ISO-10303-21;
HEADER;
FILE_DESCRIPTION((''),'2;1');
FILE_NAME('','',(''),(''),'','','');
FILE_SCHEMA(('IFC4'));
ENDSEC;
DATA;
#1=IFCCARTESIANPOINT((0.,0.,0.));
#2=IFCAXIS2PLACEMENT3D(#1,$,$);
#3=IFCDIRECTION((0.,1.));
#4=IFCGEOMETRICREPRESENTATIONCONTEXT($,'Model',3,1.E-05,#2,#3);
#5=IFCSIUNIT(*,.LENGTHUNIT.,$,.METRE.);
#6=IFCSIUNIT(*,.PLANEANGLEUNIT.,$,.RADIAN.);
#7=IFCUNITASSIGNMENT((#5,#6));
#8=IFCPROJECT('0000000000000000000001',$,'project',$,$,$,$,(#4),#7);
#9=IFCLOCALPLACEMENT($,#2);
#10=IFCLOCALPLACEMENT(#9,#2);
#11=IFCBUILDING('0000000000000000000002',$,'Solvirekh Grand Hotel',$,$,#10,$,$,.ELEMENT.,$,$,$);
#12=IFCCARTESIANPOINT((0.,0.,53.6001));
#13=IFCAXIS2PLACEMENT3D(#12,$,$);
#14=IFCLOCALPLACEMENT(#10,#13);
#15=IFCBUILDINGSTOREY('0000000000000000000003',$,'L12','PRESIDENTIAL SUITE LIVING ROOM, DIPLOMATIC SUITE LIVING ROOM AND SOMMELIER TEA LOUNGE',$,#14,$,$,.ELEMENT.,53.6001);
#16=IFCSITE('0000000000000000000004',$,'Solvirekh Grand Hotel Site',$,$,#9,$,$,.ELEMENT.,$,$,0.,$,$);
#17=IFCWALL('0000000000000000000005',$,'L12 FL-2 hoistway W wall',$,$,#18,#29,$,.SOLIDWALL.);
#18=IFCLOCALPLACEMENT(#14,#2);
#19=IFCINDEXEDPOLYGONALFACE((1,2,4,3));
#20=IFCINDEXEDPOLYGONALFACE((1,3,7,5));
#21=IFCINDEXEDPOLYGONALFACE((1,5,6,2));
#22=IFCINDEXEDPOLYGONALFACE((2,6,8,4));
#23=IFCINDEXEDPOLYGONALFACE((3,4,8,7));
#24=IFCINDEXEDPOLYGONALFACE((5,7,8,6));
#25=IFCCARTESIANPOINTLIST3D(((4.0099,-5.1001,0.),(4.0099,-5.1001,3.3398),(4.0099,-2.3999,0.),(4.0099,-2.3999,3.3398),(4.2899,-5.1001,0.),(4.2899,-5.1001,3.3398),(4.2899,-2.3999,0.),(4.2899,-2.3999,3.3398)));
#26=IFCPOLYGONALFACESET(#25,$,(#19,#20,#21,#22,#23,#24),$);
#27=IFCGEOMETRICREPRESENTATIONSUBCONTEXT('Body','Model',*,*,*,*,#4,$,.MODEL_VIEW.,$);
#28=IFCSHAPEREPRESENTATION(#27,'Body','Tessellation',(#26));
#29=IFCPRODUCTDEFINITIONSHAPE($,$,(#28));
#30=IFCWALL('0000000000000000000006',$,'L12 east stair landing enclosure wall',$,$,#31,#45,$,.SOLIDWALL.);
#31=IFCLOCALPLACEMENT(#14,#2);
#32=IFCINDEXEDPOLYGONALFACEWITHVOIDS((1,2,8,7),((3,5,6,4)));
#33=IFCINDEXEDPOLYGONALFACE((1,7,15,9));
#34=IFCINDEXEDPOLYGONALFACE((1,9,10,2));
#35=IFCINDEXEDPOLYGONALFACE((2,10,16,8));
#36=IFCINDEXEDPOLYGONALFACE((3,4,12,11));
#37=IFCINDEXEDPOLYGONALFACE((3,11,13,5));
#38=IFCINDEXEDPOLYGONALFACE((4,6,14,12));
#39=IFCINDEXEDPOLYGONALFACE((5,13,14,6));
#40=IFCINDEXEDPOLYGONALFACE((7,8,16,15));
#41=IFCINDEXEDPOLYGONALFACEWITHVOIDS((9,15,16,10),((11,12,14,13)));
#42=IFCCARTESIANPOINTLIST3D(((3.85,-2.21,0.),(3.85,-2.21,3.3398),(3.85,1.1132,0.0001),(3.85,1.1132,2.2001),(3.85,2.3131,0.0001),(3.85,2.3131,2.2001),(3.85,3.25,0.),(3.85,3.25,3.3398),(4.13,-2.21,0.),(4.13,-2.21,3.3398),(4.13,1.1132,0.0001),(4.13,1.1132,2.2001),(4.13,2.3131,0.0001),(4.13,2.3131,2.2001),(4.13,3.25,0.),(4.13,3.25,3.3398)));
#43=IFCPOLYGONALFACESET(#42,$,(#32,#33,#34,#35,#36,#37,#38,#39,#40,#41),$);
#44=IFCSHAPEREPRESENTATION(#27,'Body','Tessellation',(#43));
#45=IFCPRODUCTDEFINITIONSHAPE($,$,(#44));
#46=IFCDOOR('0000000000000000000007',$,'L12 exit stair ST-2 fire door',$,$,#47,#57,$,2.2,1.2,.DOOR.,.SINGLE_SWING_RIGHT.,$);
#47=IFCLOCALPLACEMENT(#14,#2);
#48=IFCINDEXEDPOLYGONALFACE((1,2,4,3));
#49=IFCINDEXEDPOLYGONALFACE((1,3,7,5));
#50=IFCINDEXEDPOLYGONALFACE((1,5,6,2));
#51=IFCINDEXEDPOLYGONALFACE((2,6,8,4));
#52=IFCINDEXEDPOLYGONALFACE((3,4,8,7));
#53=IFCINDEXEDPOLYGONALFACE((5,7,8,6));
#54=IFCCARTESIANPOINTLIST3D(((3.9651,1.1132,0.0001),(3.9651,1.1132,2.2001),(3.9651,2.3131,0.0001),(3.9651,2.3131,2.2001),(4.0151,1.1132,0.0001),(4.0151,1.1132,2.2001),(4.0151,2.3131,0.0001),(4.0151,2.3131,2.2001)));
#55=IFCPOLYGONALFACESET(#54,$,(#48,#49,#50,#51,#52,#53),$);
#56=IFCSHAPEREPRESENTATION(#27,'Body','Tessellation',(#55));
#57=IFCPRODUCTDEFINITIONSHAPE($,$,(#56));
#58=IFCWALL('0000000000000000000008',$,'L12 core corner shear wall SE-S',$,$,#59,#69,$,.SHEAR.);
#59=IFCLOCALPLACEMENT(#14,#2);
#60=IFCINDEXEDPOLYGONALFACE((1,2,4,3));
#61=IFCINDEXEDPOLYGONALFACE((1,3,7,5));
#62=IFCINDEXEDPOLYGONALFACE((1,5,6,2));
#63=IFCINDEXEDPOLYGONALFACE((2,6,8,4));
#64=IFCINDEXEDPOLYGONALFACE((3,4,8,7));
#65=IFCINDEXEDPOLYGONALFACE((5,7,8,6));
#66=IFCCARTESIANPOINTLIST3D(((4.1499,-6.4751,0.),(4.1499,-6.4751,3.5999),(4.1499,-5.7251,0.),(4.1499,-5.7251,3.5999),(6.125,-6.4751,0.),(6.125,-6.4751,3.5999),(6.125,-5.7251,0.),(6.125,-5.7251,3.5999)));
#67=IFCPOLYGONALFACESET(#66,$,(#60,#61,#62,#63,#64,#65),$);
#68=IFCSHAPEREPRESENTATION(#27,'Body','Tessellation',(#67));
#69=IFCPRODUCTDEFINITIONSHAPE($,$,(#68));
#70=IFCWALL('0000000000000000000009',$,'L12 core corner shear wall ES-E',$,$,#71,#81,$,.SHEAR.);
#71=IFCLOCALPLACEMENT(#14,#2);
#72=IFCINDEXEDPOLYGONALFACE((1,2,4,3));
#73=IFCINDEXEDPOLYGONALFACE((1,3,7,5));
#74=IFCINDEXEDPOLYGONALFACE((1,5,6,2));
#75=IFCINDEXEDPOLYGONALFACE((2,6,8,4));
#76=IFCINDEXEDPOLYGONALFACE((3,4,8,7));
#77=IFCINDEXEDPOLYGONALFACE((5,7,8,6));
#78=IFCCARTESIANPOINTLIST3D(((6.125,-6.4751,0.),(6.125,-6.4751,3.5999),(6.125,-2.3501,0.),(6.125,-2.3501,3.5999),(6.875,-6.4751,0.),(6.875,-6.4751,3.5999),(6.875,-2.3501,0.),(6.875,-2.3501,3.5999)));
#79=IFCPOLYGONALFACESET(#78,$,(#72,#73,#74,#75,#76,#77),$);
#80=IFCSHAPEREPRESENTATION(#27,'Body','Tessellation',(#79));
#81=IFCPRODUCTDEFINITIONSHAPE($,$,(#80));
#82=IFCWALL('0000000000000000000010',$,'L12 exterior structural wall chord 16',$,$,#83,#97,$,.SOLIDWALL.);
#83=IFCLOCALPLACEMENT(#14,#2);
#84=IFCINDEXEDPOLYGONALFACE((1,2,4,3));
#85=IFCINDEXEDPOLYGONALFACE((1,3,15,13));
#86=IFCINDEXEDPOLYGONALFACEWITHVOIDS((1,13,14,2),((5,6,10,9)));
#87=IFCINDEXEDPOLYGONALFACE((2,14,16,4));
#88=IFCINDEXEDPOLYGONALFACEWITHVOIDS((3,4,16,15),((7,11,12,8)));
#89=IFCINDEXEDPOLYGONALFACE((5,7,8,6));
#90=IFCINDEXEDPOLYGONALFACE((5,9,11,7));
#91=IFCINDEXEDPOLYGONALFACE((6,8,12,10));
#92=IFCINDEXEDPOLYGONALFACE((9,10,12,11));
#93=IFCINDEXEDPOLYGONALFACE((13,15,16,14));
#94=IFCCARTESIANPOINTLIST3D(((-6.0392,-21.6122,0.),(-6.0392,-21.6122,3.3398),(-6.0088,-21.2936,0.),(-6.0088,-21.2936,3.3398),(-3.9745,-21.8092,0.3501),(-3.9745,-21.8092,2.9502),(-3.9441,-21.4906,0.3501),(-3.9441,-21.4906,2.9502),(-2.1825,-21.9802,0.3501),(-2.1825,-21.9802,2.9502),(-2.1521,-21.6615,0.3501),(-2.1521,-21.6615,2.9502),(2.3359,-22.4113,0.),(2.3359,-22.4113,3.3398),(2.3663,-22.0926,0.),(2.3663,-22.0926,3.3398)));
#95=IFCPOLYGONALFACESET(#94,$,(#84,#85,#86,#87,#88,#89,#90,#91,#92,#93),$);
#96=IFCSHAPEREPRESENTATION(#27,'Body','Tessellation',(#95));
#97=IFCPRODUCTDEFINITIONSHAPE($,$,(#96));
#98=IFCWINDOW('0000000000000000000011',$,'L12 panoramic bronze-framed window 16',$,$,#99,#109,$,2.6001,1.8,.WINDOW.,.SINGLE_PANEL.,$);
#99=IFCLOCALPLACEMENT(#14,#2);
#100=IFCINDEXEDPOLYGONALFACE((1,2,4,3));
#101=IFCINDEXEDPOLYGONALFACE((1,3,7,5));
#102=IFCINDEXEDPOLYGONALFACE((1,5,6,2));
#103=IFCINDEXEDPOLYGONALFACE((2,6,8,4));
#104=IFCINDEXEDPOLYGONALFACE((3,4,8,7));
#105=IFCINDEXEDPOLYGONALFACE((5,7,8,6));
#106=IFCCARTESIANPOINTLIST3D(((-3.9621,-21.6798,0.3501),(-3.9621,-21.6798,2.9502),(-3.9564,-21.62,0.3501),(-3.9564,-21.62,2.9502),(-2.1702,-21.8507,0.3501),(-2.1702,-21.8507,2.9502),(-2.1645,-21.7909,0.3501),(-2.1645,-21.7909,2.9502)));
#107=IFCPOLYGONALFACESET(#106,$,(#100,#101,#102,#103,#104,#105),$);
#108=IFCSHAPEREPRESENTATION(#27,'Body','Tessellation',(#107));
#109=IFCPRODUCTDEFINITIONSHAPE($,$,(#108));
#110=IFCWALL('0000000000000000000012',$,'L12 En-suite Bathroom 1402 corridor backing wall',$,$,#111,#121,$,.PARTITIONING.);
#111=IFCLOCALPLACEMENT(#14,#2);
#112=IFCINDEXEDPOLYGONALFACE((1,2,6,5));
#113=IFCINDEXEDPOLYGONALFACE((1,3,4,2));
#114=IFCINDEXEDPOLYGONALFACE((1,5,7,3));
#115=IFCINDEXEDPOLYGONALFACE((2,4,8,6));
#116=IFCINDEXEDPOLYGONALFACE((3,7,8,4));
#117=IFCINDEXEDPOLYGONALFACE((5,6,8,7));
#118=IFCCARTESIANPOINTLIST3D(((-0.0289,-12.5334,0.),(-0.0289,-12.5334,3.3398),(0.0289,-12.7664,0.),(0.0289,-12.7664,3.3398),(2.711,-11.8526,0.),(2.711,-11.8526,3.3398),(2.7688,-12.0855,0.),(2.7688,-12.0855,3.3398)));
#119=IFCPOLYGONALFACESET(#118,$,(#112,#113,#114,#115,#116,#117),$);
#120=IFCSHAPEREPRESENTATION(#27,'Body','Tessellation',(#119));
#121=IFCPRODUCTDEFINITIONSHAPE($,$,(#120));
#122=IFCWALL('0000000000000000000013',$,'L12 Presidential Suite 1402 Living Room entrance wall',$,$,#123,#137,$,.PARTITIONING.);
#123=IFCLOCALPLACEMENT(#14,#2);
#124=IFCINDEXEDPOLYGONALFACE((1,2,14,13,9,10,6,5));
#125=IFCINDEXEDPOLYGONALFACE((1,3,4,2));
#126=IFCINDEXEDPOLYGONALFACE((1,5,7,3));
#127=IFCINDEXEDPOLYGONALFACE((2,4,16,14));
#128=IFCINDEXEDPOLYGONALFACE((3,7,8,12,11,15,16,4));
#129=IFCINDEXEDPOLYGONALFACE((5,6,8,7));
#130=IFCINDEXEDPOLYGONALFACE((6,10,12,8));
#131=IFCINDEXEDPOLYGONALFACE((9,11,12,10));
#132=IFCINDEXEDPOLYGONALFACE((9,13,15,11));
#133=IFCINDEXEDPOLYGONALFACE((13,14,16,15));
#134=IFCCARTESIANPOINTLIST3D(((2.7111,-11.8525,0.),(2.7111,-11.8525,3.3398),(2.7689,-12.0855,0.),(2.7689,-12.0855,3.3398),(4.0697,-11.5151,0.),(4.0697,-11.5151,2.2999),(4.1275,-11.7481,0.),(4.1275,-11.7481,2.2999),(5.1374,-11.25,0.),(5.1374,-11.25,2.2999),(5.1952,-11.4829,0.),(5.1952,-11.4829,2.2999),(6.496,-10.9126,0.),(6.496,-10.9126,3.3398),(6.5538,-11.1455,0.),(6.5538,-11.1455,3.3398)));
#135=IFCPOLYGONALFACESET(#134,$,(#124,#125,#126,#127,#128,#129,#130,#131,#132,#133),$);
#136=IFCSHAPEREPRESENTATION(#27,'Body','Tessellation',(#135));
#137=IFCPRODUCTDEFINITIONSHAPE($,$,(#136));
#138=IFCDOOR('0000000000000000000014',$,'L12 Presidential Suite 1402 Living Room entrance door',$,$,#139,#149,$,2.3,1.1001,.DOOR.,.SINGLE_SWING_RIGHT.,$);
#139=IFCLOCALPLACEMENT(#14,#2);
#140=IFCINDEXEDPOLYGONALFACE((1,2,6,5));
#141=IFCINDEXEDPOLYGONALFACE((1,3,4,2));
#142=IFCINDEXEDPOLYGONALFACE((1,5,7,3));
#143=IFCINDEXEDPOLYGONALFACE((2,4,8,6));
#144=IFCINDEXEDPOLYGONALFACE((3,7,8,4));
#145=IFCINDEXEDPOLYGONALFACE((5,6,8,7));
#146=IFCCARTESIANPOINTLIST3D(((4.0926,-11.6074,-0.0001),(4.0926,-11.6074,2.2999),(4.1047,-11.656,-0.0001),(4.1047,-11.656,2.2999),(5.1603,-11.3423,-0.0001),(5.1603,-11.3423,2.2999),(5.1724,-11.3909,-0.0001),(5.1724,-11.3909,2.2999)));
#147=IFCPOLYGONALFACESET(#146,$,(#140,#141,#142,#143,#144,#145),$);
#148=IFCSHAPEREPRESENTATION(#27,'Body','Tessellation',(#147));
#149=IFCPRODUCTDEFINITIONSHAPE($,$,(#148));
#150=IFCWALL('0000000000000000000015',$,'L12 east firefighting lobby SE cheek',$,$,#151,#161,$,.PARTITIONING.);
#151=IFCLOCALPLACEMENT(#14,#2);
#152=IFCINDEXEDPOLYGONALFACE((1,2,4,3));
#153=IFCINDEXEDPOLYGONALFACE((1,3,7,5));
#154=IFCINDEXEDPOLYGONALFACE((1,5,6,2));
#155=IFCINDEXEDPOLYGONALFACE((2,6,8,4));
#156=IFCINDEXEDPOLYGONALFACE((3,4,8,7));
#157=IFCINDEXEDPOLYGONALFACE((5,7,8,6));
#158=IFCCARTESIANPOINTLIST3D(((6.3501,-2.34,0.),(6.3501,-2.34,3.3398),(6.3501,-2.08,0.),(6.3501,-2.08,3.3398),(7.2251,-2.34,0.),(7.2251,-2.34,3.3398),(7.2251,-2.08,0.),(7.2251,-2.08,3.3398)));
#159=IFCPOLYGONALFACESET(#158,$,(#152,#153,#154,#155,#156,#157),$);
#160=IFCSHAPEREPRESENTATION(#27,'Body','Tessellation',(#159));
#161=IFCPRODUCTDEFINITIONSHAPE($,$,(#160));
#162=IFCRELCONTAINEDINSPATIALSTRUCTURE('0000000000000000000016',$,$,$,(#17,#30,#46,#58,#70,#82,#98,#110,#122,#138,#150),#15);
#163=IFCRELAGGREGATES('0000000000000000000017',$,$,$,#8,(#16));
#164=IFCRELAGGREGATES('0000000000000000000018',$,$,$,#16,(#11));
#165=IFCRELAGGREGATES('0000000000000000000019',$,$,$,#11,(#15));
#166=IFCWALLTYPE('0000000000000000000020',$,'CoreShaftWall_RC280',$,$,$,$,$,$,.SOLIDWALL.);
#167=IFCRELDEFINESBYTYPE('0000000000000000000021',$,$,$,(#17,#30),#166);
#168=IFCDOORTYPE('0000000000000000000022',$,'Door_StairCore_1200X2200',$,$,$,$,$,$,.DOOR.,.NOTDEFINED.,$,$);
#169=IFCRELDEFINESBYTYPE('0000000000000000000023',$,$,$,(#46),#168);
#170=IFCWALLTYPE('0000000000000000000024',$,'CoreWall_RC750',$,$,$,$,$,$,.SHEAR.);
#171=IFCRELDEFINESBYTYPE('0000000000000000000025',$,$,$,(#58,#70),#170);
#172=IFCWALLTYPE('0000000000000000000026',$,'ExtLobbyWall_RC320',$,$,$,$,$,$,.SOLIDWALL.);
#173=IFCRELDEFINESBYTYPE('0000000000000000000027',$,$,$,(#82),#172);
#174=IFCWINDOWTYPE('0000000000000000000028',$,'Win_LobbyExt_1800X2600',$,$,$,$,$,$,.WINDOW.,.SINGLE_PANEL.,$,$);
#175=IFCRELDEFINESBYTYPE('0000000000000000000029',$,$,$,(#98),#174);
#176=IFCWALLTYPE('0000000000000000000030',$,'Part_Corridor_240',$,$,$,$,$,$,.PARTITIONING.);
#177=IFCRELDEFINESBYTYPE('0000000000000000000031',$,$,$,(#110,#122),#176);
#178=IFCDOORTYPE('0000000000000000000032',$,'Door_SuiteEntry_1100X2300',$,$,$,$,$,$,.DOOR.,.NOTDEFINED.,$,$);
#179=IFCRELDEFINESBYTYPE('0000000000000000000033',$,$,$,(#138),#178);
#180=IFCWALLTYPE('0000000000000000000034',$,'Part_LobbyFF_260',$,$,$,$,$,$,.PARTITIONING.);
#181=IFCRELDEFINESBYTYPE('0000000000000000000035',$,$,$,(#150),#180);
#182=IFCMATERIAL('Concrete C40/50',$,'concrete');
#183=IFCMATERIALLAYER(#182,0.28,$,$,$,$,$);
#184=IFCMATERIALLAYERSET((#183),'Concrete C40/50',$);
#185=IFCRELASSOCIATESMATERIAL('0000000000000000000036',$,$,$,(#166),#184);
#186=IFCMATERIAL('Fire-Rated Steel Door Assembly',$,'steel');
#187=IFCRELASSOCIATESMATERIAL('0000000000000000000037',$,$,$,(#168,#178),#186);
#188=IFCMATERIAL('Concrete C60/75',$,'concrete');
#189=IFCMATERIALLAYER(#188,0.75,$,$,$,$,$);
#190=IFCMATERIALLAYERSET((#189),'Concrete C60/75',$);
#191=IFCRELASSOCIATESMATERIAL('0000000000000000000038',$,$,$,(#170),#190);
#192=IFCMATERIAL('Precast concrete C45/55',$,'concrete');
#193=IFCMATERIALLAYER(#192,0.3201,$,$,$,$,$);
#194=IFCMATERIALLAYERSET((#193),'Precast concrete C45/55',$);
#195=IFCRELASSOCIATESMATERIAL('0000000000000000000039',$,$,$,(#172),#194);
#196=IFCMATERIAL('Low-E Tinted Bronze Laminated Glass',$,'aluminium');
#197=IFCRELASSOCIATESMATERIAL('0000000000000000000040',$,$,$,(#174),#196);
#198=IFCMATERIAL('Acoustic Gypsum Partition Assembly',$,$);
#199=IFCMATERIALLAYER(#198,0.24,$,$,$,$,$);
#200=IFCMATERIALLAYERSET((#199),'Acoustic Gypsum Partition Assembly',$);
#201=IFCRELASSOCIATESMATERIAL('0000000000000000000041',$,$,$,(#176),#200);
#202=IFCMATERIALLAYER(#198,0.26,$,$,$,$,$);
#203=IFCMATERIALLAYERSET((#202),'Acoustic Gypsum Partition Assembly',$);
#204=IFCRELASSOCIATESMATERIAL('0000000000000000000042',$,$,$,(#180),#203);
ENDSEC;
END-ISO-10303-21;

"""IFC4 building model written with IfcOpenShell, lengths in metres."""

from ifc_helpers import new_model, si_unit, direction, frame, frame_2d, origin, place, context, subcontext, project, spatial, rectangle, extrude, material, layer, layer_set, type_object, element, fill, save


model = new_model("IFC4")

# Units and contexts
model_context = context("Model", 3, precision=1e-05, world=origin(), true_north=direction((0.0, 1.0)))
body_context = subcontext(model_context, "Body", "Model", "MODEL_VIEW")
ifc_project = project(units=[si_unit("LENGTHUNIT", "METRE"), si_unit("PLANEANGLEUNIT", "RADIAN")], contexts=[model_context])

# Site, building, storey
site_placement = place(None, origin())
site = spatial("IfcSite", under=ifc_project, at=site_placement, Name="Solvirekh Grand Hotel Site", CompositionType="ELEMENT", RefElevation=0.0)
building_placement = place(site_placement, origin())
building = spatial("IfcBuilding", under=site, at=building_placement, Name="Solvirekh Grand Hotel", CompositionType="ELEMENT")
storey_placement = place(building_placement, frame((0.0, 0.0, 53.6001)))
storey = spatial("IfcBuildingStorey", under=building, at=storey_placement, Name="L12", Description="PRESIDENTIAL SUITE LIVING ROOM, DIPLOMATIC SUITE LIVING ROOM AND SOMMELIER TEA LOUNGE", CompositionType="ELEMENT", Elevation=53.6001)

# Shared definitions
ifc_material_1 = material(Name="Concrete C60/75", Category="concrete")

# Shared definitions
ifc_material_2 = material(Name="Concrete C40/50", Category="concrete")

# Shared definitions
ifc_layer_1 = layer(ifc_material_2, 0.28)
ifc_layer_set_1 = layer_set([ifc_layer_1], Name="Concrete C40/50")
wall_type_1 = type_object("IfcWallType", Name="CoreShaftWall_RC280", PredefinedType="SOLIDWALL", material=ifc_layer_set_1)

# Shared definitions
ifc_material_3 = material(Name="Fire-Rated Steel Door Assembly", Category="steel")

# Wall
wall_1_placement = place(storey_placement, frame((4.1499, -2.3999, 0.0), z_axis=(0.0, 0.0, 1.0), x_axis=(0.0, -1.0, 0.0)))
element("IfcWall", 1, at=wall_1_placement, inside=storey, type_object=wall_type_1, Name="L12 FL-2 hoistway W wall", PredefinedType="SOLIDWALL", context=body_context, shape_type="SweptSolid", body=[
    extrude(rectangle(XDim=2.7002, YDim=0.28, at=frame_2d((1.3501, 0.0))), origin(), (0.0, 0.0, 1.0), 3.3398),
])

# Wall, opening, door
wall_2_placement = place(storey_placement, frame((3.99, -2.21, 0.0), z_axis=(0.0, 0.0, 1.0), x_axis=(0.0, 1.0, 0.0)))
wall_2 = element("IfcWall", 2, at=wall_2_placement, inside=storey, type_object=wall_type_1, Name="L12 east stair landing enclosure wall", PredefinedType="SOLIDWALL", context=body_context, shape_type="SweptSolid", body=[
    extrude(rectangle(XDim=5.46, YDim=0.28, at=frame_2d((2.73, 0.0))), origin(), (0.0, 0.0, 1.0), 3.3398),
])
opening_1_placement = place(wall_2_placement, frame((3.323, 0.0, 0.0)))
opening_1 = element("IfcOpeningElement", 3, at=opening_1_placement, cuts=wall_2, PredefinedType="OPENING", context=body_context, shape_type="SweptSolid", body=[
    extrude(rectangle(XDim=1.2, YDim=2.2, at=frame_2d((0.6001, 1.1001))), frame((0.0, 0.1499, 0.0), z_axis=(0.0, -1.0, 0.0), x_axis=(1.0, 0.0, 0.0)), (0.0, 0.0, 1.0), 0.3),
])
door_type_1 = type_object("IfcDoorType", Name="Door_StairCore_1200X2200", OperationType="NOTDEFINED", PredefinedType="DOOR", material=ifc_material_3)
door_1_placement = place(opening_1_placement, origin())
door_1 = element("IfcDoor", 4, at=door_1_placement, inside=storey, type_object=door_type_1, Name="L12 exit stair ST-2 fire door", OperationType="SINGLE_SWING_RIGHT", OverallHeight=2.2, OverallWidth=1.2, PredefinedType="DOOR", context=body_context, shape_type="SweptSolid", body=[
    extrude(rectangle(XDim=1.2, YDim=2.2, at=frame_2d((0.6001, 1.1001))), frame((0.0, 0.0249, 0.0), z_axis=(0.0, -1.0, 0.0), x_axis=(1.0, 0.0, 0.0)), (0.0, 0.0, 1.0), 0.05),
])
fill(opening_1, door_1)

# Walls
ifc_layer_2 = layer(ifc_material_1, 0.75)
ifc_layer_set_2 = layer_set([ifc_layer_2], Name="Concrete C60/75")
wall_type_2 = type_object("IfcWallType", Name="CoreWall_RC750", PredefinedType="SHEAR", material=ifc_layer_set_2)
wall_3_placement = place(storey_placement, frame((4.1499, -6.1001, 0.0), z_axis=(0.0, 0.0, 1.0), x_axis=(1.0, 0.0, 0.0)))
element("IfcWall", 5, at=wall_3_placement, inside=storey, type_object=wall_type_2, Name="L12 core corner shear wall SE-S", PredefinedType="SHEAR", context=body_context, shape_type="SweptSolid", body=[
    extrude(rectangle(XDim=1.9751, YDim=0.75, at=frame_2d((0.9875, 0.0))), origin(), (0.0, 0.0, 1.0), 3.5999),
])
wall_4_placement = place(storey_placement, frame((6.5, -6.4751, 0.0), z_axis=(0.0, 0.0, 1.0), x_axis=(0.0, 1.0, 0.0)))
element("IfcWall", 6, at=wall_4_placement, inside=storey, type_object=wall_type_2, Name="L12 core corner shear wall ES-E", PredefinedType="SHEAR", context=body_context, shape_type="SweptSolid", body=[
    extrude(rectangle(XDim=4.125, YDim=0.75, at=frame_2d((2.0625, 0.0))), origin(), (0.0, 0.0, 1.0), 3.5999),
])

# Wall, opening, window
ifc_material_4 = material(Name="Precast concrete C45/55", Category="concrete")
ifc_layer_3 = layer(ifc_material_4, 0.3201)
ifc_layer_set_3 = layer_set([ifc_layer_3], Name="Precast concrete C45/55")
wall_type_3 = type_object("IfcWallType", Name="ExtLobbyWall_RC320", PredefinedType="SOLIDWALL", material=ifc_layer_set_3)
wall_5_placement = place(storey_placement, frame((2.3511, -22.252, 0.0), z_axis=(0.0, 0.0, 1.0), x_axis=(-0.995479, 0.09498, 0.0)))
wall_5 = element("IfcWall", 7, at=wall_5_placement, inside=storey, type_object=wall_type_3, Name="L12 exterior structural wall chord 16", PredefinedType="SOLIDWALL", context=body_context, shape_type="SweptSolid", body=[
    extrude(rectangle(XDim=8.4131, YDim=0.3201, at=frame_2d((4.2065, 0.0))), origin(), (0.0, 0.0, 1.0), 3.3398),
])
opening_2_placement = place(wall_5_placement, frame((4.5391, 0.0, 0.3501)))
opening_2 = element("IfcOpeningElement", 8, at=opening_2_placement, cuts=wall_5, PredefinedType="OPENING", context=body_context, shape_type="SweptSolid", body=[
    extrude(rectangle(XDim=1.8, YDim=2.6001, at=frame_2d((0.8999, 1.3))), frame((0.0, 0.1699, 0.0), z_axis=(0.0, -1.0, 0.0), x_axis=(1.0, 0.0, 0.0)), (0.0, 0.0, 1.0), 0.3401),
])
ifc_material_5 = material(Name="Low-E Tinted Bronze Laminated Glass", Category="aluminium")
window_type = type_object("IfcWindowType", Name="Win_LobbyExt_1800X2600", PartitioningType="SINGLE_PANEL", PredefinedType="WINDOW", material=ifc_material_5)
window_placement = place(opening_2_placement, origin())
window = element("IfcWindow", 9, at=window_placement, inside=storey, type_object=window_type, Name="L12 panoramic bronze-framed window 16", OverallHeight=2.6001, OverallWidth=1.8, PartitioningType="SINGLE_PANEL", PredefinedType="WINDOW", context=body_context, shape_type="SweptSolid", body=[
    extrude(rectangle(XDim=1.8, YDim=2.6001, at=frame_2d((0.8999, 1.3))), frame((0.0, 0.03, 0.0), z_axis=(0.0, -1.0, 0.0), x_axis=(1.0, 0.0, 0.0)), (0.0, 0.0, 1.0), 0.0601),
])
fill(opening_2, window)

# Wall
ifc_material_6 = material(Name="Acoustic Gypsum Partition Assembly")
ifc_layer_4 = layer(ifc_material_6, 0.24)
ifc_layer_set_4 = layer_set([ifc_layer_4], Name="Acoustic Gypsum Partition Assembly")
wall_type_4 = type_object("IfcWallType", Name="Part_Corridor_240", PredefinedType="PARTITIONING", material=ifc_layer_set_4)
wall_6_placement = place(storey_placement, frame((0.0, -12.6499, 0.0), z_axis=(0.0, 0.0, 1.0), x_axis=(0.970482, 0.241172, 0.0)))
element("IfcWall", 10, at=wall_6_placement, inside=storey, type_object=wall_type_4, Name="L12 En-suite Bathroom 1402 corridor backing wall", PredefinedType="PARTITIONING", context=body_context, shape_type="SweptSolid", body=[
    extrude(rectangle(XDim=2.8232, YDim=0.24, at=frame_2d((1.4116, 0.0))), origin(), (0.0, 0.0, 1.0), 3.3398),
])

# Wall, opening, door
wall_7_placement = place(storey_placement, frame((2.74, -11.969, 0.0), z_axis=(0.0, 0.0, 1.0), x_axis=(0.970521, 0.241018, 0.0)))
wall_7 = element("IfcWall", 11, at=wall_7_placement, inside=storey, type_object=wall_type_4, Name="L12 Presidential Suite 1402 Living Room entrance wall", PredefinedType="PARTITIONING", context=body_context, shape_type="SweptSolid", body=[
    extrude(rectangle(XDim=3.8999, YDim=0.24, at=frame_2d((1.95, 0.0))), origin(), (0.0, 0.0, 1.0), 3.3398),
])
opening_3_placement = place(wall_7_placement, frame((1.3999, 0.0, 0.0)))
opening_3 = element("IfcOpeningElement", 12, at=opening_3_placement, cuts=wall_7, PredefinedType="OPENING", context=body_context, shape_type="SweptSolid", body=[
    extrude(rectangle(XDim=1.1001, YDim=2.3, at=frame_2d((0.55, 1.1499))), frame((0.0, 0.1299, 0.0), z_axis=(0.0, -1.0, 0.0), x_axis=(1.0, 0.0, 0.0)), (0.0, 0.0, 1.0), 0.26),
])
door_type_2 = type_object("IfcDoorType", Name="Door_SuiteEntry_1100X2300", OperationType="NOTDEFINED", PredefinedType="DOOR", material=ifc_material_3)
door_2_placement = place(opening_3_placement, origin())
door_2 = element("IfcDoor", 13, at=door_2_placement, inside=storey, type_object=door_type_2, Name="L12 Presidential Suite 1402 Living Room entrance door", OperationType="SINGLE_SWING_RIGHT", OverallHeight=2.3, OverallWidth=1.1001, PredefinedType="DOOR", context=body_context, shape_type="SweptSolid", body=[
    extrude(rectangle(XDim=1.1001, YDim=2.3, at=frame_2d((0.55, 1.1499))), frame((0.0, 0.0249, 0.0), z_axis=(0.0, -1.0, 0.0), x_axis=(1.0, 0.0, 0.0)), (0.0, 0.0, 1.0), 0.05),
])
fill(opening_3, door_2)

# Wall
ifc_layer_5 = layer(ifc_material_6, 0.26)
ifc_layer_set_5 = layer_set([ifc_layer_5], Name="Acoustic Gypsum Partition Assembly")
wall_type_5 = type_object("IfcWallType", Name="Part_LobbyFF_260", PredefinedType="PARTITIONING", material=ifc_layer_set_5)
wall_8_placement = place(storey_placement, frame((6.3501, -2.21, 0.0), z_axis=(0.0, 0.0, 1.0), x_axis=(1.0, 0.0, 0.0)))
element("IfcWall", 14, at=wall_8_placement, inside=storey, type_object=wall_type_5, Name="L12 east firefighting lobby SE cheek", PredefinedType="PARTITIONING", context=body_context, shape_type="SweptSolid", body=[
    extrude(rectangle(XDim=0.875, YDim=0.26, at=frame_2d((0.4375, 0.0))), origin(), (0.0, 0.0, 1.0), 3.3398),
])

save(model, "model.ifc")
